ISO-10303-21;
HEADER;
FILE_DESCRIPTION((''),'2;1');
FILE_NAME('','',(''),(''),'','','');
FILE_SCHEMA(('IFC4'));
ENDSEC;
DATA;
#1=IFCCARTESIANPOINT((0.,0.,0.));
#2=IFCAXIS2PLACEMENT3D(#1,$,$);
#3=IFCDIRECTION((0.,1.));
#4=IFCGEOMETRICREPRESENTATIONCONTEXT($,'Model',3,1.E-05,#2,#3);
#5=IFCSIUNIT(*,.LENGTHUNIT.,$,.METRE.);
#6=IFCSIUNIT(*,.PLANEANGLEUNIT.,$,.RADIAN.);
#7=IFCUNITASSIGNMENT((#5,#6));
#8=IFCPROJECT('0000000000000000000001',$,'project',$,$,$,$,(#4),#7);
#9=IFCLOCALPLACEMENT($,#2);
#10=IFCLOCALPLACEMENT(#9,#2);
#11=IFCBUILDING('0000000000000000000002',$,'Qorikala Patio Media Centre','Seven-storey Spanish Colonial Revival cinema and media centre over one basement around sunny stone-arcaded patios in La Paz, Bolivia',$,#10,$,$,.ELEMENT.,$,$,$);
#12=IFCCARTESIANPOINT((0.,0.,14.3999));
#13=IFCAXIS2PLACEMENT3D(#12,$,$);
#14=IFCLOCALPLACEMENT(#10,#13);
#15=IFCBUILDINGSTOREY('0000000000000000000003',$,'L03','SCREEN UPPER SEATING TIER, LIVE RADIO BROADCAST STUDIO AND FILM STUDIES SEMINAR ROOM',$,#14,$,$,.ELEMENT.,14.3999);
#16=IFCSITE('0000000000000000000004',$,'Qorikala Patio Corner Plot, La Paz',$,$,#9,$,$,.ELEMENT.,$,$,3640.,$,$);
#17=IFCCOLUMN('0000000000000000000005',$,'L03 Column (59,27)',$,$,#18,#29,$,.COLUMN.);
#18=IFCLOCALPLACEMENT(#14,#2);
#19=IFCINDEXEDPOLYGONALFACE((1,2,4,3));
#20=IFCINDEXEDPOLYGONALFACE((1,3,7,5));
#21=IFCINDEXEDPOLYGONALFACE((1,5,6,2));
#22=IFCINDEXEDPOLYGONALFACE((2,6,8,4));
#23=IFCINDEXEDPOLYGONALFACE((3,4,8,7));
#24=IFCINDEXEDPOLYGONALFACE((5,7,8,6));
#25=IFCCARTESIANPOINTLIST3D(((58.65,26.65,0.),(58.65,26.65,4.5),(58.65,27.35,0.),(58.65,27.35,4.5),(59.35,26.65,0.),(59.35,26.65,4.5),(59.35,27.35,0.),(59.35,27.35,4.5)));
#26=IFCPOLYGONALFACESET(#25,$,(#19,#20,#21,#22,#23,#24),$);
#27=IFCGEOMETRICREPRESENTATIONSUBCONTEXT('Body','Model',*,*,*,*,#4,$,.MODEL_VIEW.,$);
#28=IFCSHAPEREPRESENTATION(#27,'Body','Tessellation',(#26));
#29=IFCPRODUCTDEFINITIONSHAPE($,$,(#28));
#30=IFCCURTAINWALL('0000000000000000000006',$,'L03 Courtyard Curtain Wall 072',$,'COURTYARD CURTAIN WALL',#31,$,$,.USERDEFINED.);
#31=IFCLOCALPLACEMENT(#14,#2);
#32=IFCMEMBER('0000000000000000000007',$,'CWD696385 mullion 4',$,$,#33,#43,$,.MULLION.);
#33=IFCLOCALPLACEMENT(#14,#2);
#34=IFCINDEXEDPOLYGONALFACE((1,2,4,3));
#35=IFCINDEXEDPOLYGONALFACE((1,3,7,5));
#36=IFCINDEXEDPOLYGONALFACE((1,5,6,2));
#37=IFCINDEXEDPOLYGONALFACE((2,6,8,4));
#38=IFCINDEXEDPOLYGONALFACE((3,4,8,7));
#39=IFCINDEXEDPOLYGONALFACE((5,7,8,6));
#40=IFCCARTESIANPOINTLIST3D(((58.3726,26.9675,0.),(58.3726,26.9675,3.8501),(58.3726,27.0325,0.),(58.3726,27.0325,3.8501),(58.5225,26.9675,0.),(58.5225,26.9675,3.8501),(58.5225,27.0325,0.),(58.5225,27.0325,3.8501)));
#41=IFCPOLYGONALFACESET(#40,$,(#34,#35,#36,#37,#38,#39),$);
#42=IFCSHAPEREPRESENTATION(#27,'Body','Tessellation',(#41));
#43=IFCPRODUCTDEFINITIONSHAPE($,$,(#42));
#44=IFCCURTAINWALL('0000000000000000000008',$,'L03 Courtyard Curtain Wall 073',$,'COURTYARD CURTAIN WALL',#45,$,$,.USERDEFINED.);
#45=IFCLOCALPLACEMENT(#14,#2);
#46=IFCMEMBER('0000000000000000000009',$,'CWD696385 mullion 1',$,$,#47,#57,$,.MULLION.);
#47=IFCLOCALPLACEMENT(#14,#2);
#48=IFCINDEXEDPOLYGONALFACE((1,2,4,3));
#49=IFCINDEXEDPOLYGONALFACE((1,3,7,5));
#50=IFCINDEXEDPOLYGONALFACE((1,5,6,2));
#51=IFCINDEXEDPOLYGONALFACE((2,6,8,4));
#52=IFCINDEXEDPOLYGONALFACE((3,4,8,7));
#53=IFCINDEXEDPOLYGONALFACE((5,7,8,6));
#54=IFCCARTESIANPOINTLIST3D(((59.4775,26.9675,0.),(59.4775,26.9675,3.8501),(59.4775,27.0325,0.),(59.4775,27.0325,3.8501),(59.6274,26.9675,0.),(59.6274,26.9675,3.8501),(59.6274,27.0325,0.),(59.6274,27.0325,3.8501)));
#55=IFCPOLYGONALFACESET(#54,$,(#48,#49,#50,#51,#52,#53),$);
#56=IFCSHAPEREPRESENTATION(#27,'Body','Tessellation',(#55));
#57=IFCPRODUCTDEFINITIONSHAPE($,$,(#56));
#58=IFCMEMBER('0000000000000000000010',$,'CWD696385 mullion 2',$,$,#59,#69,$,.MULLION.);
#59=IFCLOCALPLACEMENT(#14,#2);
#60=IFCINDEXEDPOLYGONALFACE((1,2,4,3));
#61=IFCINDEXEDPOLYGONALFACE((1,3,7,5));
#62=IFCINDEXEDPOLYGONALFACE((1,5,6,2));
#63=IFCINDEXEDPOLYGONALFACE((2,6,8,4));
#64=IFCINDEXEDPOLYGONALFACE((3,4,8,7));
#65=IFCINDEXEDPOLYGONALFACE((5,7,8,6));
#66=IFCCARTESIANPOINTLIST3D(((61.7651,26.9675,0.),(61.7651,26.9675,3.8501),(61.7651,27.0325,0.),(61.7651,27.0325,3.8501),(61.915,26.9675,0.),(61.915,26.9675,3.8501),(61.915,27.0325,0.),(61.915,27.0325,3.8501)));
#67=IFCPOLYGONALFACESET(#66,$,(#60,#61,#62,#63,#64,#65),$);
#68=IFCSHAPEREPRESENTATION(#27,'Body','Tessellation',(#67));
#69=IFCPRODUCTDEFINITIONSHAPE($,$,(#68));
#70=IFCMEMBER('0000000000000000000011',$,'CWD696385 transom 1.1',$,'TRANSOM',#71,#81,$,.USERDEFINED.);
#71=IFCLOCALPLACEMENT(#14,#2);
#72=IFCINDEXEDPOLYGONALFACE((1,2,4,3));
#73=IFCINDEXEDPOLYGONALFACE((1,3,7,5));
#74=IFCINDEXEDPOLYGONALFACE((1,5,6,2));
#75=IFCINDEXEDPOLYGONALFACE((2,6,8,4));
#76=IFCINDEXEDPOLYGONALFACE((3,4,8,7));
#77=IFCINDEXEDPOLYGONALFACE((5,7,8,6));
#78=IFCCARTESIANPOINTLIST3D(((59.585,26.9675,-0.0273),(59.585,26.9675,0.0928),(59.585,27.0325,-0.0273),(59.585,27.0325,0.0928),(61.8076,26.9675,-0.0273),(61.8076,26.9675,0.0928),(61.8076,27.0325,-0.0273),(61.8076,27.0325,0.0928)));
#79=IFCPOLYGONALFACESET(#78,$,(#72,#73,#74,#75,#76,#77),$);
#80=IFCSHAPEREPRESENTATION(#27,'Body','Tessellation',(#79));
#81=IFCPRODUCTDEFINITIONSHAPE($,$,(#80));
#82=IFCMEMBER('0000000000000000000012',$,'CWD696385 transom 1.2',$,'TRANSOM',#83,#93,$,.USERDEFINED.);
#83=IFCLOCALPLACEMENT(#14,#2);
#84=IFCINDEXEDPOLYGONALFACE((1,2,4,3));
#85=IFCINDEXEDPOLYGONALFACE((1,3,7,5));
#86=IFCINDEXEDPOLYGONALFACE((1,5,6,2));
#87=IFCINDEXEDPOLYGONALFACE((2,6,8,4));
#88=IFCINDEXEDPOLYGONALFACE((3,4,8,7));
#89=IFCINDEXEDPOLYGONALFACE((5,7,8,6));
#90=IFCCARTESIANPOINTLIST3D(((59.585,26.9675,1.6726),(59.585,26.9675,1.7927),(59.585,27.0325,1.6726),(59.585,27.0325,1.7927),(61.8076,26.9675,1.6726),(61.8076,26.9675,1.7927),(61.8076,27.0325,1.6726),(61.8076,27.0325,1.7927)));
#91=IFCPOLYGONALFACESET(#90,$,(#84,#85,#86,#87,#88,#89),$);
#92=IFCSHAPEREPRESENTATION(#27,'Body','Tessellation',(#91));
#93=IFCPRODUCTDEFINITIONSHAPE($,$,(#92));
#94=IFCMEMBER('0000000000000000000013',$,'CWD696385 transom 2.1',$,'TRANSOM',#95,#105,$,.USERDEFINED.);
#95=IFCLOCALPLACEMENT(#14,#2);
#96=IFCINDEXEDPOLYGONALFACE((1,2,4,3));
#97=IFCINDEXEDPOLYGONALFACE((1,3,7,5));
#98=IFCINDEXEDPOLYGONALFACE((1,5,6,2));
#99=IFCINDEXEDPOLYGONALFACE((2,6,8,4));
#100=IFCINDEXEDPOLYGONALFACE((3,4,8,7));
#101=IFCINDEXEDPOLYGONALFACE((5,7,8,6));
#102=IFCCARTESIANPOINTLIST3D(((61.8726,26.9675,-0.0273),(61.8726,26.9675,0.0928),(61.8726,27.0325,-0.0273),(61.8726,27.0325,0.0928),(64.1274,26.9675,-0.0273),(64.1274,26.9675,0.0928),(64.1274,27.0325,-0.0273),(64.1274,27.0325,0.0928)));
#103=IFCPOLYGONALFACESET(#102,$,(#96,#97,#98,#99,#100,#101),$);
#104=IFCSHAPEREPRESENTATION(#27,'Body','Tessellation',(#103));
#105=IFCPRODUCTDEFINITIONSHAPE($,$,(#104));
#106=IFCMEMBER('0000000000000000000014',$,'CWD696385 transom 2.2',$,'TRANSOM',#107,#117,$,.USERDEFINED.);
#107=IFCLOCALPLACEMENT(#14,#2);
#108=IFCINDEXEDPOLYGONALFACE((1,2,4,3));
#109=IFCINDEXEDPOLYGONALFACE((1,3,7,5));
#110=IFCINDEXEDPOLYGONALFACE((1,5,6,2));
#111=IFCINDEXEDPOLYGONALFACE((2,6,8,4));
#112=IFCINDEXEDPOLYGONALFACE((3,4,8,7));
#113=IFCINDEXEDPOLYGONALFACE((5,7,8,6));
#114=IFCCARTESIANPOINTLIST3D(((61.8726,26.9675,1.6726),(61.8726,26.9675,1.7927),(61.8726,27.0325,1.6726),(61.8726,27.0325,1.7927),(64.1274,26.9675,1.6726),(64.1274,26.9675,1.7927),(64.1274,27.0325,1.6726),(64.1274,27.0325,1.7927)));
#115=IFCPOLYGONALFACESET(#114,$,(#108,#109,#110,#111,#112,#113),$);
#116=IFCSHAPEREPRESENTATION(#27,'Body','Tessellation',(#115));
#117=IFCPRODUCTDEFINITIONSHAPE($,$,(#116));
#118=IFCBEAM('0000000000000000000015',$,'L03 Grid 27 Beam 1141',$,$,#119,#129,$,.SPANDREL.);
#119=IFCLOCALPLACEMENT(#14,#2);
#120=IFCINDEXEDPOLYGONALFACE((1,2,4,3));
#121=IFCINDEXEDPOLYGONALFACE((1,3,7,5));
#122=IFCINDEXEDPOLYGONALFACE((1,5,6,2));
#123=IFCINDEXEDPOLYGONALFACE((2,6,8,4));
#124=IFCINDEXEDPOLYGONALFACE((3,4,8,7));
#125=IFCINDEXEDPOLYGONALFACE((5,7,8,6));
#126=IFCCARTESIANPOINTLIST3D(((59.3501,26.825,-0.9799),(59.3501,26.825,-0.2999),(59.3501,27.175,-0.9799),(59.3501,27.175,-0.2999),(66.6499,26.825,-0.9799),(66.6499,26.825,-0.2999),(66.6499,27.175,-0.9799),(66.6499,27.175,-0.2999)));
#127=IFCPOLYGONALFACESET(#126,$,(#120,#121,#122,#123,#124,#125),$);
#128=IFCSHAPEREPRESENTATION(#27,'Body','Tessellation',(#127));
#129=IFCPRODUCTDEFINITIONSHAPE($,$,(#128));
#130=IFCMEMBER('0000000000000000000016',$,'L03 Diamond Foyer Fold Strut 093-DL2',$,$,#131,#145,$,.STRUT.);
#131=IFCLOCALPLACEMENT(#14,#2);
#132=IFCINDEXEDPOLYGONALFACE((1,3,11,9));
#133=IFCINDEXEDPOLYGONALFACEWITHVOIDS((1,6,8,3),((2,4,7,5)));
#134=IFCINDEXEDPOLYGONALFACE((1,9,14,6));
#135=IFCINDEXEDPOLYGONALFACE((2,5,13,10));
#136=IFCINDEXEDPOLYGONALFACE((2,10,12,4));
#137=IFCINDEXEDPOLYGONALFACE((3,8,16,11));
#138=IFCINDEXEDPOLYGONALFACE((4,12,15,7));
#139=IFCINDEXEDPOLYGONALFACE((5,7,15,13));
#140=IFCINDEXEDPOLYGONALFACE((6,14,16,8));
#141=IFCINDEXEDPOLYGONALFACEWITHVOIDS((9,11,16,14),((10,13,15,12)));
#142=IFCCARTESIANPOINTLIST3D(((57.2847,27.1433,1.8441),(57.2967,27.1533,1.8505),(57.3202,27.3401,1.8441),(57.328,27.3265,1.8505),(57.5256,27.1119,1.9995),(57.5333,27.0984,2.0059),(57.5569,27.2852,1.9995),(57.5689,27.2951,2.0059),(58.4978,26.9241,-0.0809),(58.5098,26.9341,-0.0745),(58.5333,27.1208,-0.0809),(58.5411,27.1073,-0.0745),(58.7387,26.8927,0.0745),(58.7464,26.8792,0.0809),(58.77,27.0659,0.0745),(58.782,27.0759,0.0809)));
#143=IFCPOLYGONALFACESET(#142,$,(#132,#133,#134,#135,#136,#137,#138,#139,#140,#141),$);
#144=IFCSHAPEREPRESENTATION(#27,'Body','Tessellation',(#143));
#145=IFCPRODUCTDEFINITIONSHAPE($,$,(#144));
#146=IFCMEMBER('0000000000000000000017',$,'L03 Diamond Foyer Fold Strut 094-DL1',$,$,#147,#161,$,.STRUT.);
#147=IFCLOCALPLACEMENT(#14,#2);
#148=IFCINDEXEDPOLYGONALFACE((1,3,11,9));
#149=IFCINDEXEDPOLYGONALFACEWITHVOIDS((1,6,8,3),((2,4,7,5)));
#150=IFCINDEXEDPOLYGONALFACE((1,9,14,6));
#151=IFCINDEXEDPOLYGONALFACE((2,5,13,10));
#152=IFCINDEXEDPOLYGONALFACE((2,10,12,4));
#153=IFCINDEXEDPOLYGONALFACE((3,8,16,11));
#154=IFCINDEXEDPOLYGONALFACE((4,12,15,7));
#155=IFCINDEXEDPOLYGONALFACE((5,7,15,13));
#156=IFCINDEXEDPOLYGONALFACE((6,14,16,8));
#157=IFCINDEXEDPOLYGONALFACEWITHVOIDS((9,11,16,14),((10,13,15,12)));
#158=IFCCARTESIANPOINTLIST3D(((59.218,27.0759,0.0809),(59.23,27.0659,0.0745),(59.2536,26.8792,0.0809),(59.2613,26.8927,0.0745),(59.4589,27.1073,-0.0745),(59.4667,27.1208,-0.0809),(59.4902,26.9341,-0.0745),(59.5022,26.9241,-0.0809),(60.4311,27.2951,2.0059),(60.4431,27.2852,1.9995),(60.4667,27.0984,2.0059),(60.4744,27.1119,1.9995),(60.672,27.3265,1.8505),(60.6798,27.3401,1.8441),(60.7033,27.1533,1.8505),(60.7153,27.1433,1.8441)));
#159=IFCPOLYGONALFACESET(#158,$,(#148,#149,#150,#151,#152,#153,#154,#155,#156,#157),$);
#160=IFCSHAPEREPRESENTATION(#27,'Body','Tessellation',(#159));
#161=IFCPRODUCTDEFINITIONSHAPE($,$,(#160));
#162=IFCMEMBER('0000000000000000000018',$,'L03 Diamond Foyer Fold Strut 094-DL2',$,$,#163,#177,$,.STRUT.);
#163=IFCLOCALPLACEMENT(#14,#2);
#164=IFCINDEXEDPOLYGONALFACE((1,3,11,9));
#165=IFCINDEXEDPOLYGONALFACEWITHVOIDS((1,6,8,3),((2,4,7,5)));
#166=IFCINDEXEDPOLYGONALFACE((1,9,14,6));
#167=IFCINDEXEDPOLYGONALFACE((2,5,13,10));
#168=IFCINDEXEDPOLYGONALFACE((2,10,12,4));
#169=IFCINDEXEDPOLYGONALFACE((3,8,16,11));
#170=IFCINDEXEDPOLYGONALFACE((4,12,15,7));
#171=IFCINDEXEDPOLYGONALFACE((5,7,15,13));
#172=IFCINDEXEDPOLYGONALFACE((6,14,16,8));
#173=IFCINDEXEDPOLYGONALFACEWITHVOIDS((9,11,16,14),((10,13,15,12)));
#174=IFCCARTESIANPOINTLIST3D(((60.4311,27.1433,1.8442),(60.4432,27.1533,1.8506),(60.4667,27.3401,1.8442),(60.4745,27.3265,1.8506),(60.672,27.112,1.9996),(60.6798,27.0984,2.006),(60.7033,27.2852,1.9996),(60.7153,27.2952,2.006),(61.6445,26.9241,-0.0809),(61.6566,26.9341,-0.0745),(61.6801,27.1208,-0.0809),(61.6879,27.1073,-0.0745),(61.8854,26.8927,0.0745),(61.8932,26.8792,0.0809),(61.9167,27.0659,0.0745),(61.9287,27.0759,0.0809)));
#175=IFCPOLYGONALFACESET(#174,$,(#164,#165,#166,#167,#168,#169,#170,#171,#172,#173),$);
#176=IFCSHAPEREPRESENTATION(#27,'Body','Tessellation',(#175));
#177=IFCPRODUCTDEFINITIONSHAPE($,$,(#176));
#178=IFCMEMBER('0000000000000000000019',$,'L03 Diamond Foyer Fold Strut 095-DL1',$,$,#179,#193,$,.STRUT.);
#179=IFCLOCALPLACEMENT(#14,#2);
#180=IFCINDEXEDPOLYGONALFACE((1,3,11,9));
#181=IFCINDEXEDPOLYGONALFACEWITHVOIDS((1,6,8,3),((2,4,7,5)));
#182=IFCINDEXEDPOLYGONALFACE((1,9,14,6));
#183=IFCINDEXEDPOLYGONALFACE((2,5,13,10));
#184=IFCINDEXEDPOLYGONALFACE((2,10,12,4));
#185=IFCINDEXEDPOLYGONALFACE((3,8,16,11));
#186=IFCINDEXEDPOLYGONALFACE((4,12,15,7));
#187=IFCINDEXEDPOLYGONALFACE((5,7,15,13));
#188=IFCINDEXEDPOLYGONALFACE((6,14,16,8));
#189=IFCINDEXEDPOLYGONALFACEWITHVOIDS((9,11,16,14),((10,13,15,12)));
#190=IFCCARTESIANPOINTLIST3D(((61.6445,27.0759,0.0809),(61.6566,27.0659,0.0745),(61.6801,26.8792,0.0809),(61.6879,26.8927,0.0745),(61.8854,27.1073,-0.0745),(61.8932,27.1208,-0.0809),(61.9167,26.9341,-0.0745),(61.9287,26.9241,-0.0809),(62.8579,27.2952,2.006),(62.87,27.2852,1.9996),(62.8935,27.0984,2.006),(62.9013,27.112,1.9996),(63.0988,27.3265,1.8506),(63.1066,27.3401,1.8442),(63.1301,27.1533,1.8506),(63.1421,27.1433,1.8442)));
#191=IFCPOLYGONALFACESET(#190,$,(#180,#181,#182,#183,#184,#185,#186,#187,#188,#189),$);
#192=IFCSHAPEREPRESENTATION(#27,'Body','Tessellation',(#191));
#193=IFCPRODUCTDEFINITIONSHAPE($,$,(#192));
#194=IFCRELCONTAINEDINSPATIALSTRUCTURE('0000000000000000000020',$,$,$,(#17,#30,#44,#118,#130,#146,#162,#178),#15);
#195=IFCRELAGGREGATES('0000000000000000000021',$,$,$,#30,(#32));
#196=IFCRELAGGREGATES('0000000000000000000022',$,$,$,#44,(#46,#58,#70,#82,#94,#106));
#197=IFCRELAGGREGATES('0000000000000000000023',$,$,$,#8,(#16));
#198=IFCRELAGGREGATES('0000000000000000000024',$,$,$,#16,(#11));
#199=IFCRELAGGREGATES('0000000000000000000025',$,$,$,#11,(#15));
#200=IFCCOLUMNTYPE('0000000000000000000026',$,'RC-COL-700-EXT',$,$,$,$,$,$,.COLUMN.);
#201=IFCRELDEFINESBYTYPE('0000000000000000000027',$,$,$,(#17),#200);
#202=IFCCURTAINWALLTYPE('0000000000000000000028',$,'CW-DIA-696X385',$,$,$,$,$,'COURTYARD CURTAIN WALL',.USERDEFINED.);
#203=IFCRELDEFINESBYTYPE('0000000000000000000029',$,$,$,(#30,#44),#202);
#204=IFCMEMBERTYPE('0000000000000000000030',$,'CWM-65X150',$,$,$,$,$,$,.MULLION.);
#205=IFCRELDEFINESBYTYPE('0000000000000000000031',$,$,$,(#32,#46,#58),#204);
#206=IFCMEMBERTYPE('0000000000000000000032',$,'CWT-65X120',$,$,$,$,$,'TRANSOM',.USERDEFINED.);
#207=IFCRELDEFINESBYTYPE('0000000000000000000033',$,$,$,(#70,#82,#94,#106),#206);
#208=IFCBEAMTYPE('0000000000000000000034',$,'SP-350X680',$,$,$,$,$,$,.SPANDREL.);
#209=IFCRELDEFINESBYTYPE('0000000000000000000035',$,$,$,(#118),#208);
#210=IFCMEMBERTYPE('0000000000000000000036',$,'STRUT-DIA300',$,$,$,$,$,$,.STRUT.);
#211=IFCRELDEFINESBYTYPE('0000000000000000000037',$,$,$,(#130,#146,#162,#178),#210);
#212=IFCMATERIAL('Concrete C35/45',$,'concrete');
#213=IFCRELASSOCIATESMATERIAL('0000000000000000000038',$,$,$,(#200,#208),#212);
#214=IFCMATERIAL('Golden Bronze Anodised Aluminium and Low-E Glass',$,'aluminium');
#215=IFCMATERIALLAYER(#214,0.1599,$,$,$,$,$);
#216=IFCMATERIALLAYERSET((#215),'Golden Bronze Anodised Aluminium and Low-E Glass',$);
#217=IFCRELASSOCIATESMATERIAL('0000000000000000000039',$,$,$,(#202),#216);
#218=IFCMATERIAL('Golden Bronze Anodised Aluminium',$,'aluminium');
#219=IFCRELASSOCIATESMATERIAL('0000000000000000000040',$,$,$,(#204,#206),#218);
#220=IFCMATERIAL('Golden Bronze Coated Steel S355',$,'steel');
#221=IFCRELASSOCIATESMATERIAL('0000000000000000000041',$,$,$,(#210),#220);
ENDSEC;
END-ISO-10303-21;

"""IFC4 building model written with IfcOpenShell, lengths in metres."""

from ifc_helpers import new_model, si_unit, direction, frame, origin, origin_2d, place, context, subcontext, project, spatial, rectangle, hollow_rectangle, extrude, material, layer, layer_set, material_profile, profile_set, type_object, element, aggregate, save


model = new_model("IFC4")

# Units and contexts
model_context = context("Model", 3, precision=1e-05, world=origin(), true_north=direction((0.0, 1.0)))
body_context = subcontext(model_context, "Body", "Model", "MODEL_VIEW")
ifc_project = project(units=[si_unit("LENGTHUNIT", "METRE"), si_unit("PLANEANGLEUNIT", "RADIAN")], contexts=[model_context])

# Site, building, storey
site_placement = place(None, origin())
site = spatial("IfcSite", under=ifc_project, at=site_placement, Name="Qorikala Patio Corner Plot, La Paz", CompositionType="ELEMENT", RefElevation=3640.0)
building_placement = place(site_placement, origin())
building = spatial("IfcBuilding", under=site, at=building_placement, Name="Qorikala Patio Media Centre", Description="Seven-storey Spanish Colonial Revival cinema and media centre over one basement around sunny stone-arcaded patios in La Paz, Bolivia", CompositionType="ELEMENT")
storey_placement = place(building_placement, frame((0.0, 0.0, 14.3999)))
storey = spatial("IfcBuildingStorey", under=building, at=storey_placement, Name="L03", Description="SCREEN UPPER SEATING TIER, LIVE RADIO BROADCAST STUDIO AND FILM STUDIES SEMINAR ROOM", CompositionType="ELEMENT", Elevation=14.3999)

# Column
ifc_material_1 = material(Name="Concrete C35/45", Category="concrete")
ifc_material_profile_1 = material_profile(ifc_material_1, rectangle(XDim=0.7, YDim=0.7, at=origin_2d()), Name="RC 700x700")
ifc_profile_set_1 = profile_set([ifc_material_profile_1], Name="Concrete C35/45")
column_type = type_object("IfcColumnType", Name="RC-COL-700-EXT", PredefinedType="COLUMN", material=ifc_profile_set_1)
column_placement = place(storey_placement, frame((59.0, 27.0, 0.0), z_axis=(0.0, 0.0, 1.0), x_axis=(1.0, 0.0, 0.0)))
element("IfcColumn", 1, at=column_placement, inside=storey, type_object=column_type, Name="L03 Column (59,27)", PredefinedType="COLUMN", context=body_context, shape_type="SweptSolid", body=[
    extrude(rectangle(XDim=0.7, YDim=0.7, at=origin_2d()), origin(), (0.0, 0.0, 1.0), 4.5),
])

# Curtain wall, member
ifc_material_2 = material(Name="Golden Bronze Anodised Aluminium and Low-E Glass", Category="aluminium")
ifc_layer_1 = layer(ifc_material_2, 0.1599)
ifc_layer_set_1 = layer_set([ifc_layer_1], Name="Golden Bronze Anodised Aluminium and Low-E Glass")
curtain_wall_type = type_object("IfcCurtainWallType", Name="CW-DIA-696X385", ElementType="COURTYARD CURTAIN WALL", PredefinedType="USERDEFINED", material=ifc_layer_set_1)
curtain_wall_1_placement = place(storey_placement, origin())
curtain_wall_1 = element("IfcCurtainWall", 2, at=curtain_wall_1_placement, inside=storey, type_object=curtain_wall_type, Name="L03 Courtyard Curtain Wall 072", ObjectType="COURTYARD CURTAIN WALL", PredefinedType="USERDEFINED")
ifc_material_3 = material(Name="Golden Bronze Anodised Aluminium", Category="aluminium")
ifc_material_profile_2 = material_profile(ifc_material_3, rectangle(XDim=0.0649, YDim=0.1499, at=origin_2d()), Name="ALU MULLION 65x150")
ifc_profile_set_2 = profile_set([ifc_material_profile_2], Name="Golden Bronze Anodised Aluminium")
member_type_1 = type_object("IfcMemberType", Name="CWM-65X150", PredefinedType="MULLION", material=ifc_profile_set_2)
member_1_placement = place(storey_placement, frame((58.4475, 27.0, 0.0), z_axis=(0.0, 0.0, 1.0), x_axis=(0.0, 1.0, 0.0)))
member_1 = element("IfcMember", 3, at=member_1_placement, type_object=member_type_1, Name="CWD696385 mullion 4", PredefinedType="MULLION", context=body_context, shape_type="SweptSolid", body=[
    extrude(rectangle(XDim=0.0649, YDim=0.1499, at=origin_2d()), origin(), (0.0, 0.0, 1.0), 3.8501),
])
aggregate(curtain_wall_1, [member_1])

# Curtain wall, members
curtain_wall_2_placement = place(storey_placement, origin())
curtain_wall_2 = element("IfcCurtainWall", 4, at=curtain_wall_2_placement, inside=storey, type_object=curtain_wall_type, Name="L03 Courtyard Curtain Wall 073", ObjectType="COURTYARD CURTAIN WALL", PredefinedType="USERDEFINED")
member_2_placement = place(storey_placement, frame((59.5525, 27.0, 0.0), z_axis=(0.0, 0.0, 1.0), x_axis=(0.0, 1.0, 0.0)))
member_2 = element("IfcMember", 5, at=member_2_placement, type_object=member_type_1, Name="CWD696385 mullion 1", PredefinedType="MULLION", context=body_context, shape_type="SweptSolid", body=[
    extrude(rectangle(XDim=0.0649, YDim=0.1499, at=origin_2d()), origin(), (0.0, 0.0, 1.0), 3.8501),
])
member_3_placement = place(storey_placement, frame((61.8401, 27.0, 0.0), z_axis=(0.0, 0.0, 1.0), x_axis=(0.0, 1.0, 0.0)))
member_3 = element("IfcMember", 6, at=member_3_placement, type_object=member_type_1, Name="CWD696385 mullion 2", PredefinedType="MULLION", context=body_context, shape_type="SweptSolid", body=[
    extrude(rectangle(XDim=0.0649, YDim=0.1499, at=origin_2d()), origin(), (0.0, 0.0, 1.0), 3.8501),
])
ifc_material_profile_3 = material_profile(ifc_material_3, rectangle(XDim=0.0649, YDim=0.1201, at=origin_2d()), Name="ALU TRANSOM 65x120")
ifc_profile_set_3 = profile_set([ifc_material_profile_3], Name="Golden Bronze Anodised Aluminium")
member_type_2 = type_object("IfcMemberType", Name="CWT-65X120", ElementType="TRANSOM", PredefinedType="USERDEFINED", material=ifc_profile_set_3)
member_4_placement = place(storey_placement, frame((59.585, 27.0, 0.0327), z_axis=(1.0, 0.0, 0.0), x_axis=(0.0, 1.0, 0.0)))
member_4 = element("IfcMember", 7, at=member_4_placement, type_object=member_type_2, Name="CWD696385 transom 1.1", ObjectType="TRANSOM", PredefinedType="USERDEFINED", context=body_context, shape_type="SweptSolid", body=[
    extrude(rectangle(XDim=0.0649, YDim=0.1201, at=origin_2d()), origin(), (0.0, 0.0, 1.0), 2.2227),
])
member_5_placement = place(storey_placement, frame((59.585, 27.0, 1.7327), z_axis=(1.0, 0.0, 0.0), x_axis=(0.0, 1.0, 0.0)))
member_5 = element("IfcMember", 8, at=member_5_placement, type_object=member_type_2, Name="CWD696385 transom 1.2", ObjectType="TRANSOM", PredefinedType="USERDEFINED", context=body_context, shape_type="SweptSolid", body=[
    extrude(rectangle(XDim=0.0649, YDim=0.1201, at=origin_2d()), origin(), (0.0, 0.0, 1.0), 2.2227),
])
member_6_placement = place(storey_placement, frame((61.8726, 27.0, 0.0327), z_axis=(1.0, 0.0, 0.0), x_axis=(0.0, 1.0, 0.0)))
member_6 = element("IfcMember", 9, at=member_6_placement, type_object=member_type_2, Name="CWD696385 transom 2.1", ObjectType="TRANSOM", PredefinedType="USERDEFINED", context=body_context, shape_type="SweptSolid", body=[
    extrude(rectangle(XDim=0.0649, YDim=0.1201, at=origin_2d()), origin(), (0.0, 0.0, 1.0), 2.2549),
])
member_7_placement = place(storey_placement, frame((61.8726, 27.0, 1.7327), z_axis=(1.0, 0.0, 0.0), x_axis=(0.0, 1.0, 0.0)))
member_7 = element("IfcMember", 10, at=member_7_placement, type_object=member_type_2, Name="CWD696385 transom 2.2", ObjectType="TRANSOM", PredefinedType="USERDEFINED", context=body_context, shape_type="SweptSolid", body=[
    extrude(rectangle(XDim=0.0649, YDim=0.1201, at=origin_2d()), origin(), (0.0, 0.0, 1.0), 2.2549),
])

# Beam
ifc_material_profile_4 = material_profile(ifc_material_1, rectangle(XDim=0.3501, YDim=0.6799, at=origin_2d()), Name="RC 350x680")
ifc_profile_set_4 = profile_set([ifc_material_profile_4], Name="Concrete C35/45")
beam_type = type_object("IfcBeamType", Name="SP-350X680", PredefinedType="SPANDREL", material=ifc_profile_set_4)
beam_placement = place(storey_placement, frame((59.3501, 27.0, -0.6399), z_axis=(1.0, 0.0, 0.0), x_axis=(0.0, 1.0, 0.0)))
element("IfcBeam", 11, at=beam_placement, inside=storey, type_object=beam_type, Name="L03 Grid 27 Beam 1141", PredefinedType="SPANDREL", context=body_context, shape_type="SweptSolid", body=[
    extrude(rectangle(XDim=0.3501, YDim=0.6799, at=origin_2d()), origin(), (0.0, 0.0, 1.0), 7.2998),
])

# Members
ifc_material_4 = material(Name="Golden Bronze Coated Steel S355", Category="steel")
ifc_material_profile_5 = material_profile(ifc_material_4, hollow_rectangle(XDim=0.2, YDim=0.3, WallThickness=0.012, at=origin_2d()), Name="HSS300X200X12")
ifc_profile_set_5 = profile_set([ifc_material_profile_5], Name="Golden Bronze Coated Steel S355")
member_type_3 = type_object("IfcMemberType", Name="STRUT-DIA300", PredefinedType="STRUT", material=ifc_profile_set_5)
for number, where, z_axis, x_axis, name in (
    (12, (58.6399, 27.0, 0.0), (-0.530691, 0.095907, 0.842121), (-0.17784, -0.984059, 0.0), "L03 Diamond Foyer Fold Strut 093-DL2"),
    (13, (59.3601, 27.0, 0.0), (0.530691, 0.095907, 0.842121), (-0.17784, 0.984059, 0.0), "L03 Diamond Foyer Fold Strut 094-DL1"),
):
    element("IfcMember", number, at=place(storey_placement, frame(where, z_axis=z_axis, x_axis=x_axis)), inside=storey, type_object=member_type_3, Name=name, PredefinedType="STRUT", context=body_context, shape_type="SweptSolid", body=[
        extrude(hollow_rectangle(XDim=0.2, YDim=0.3, WallThickness=0.012, at=origin_2d()), origin(), (0.0, 0.0, 1.0), 2.2859),
    ])
for number, where, z_axis, x_axis, name in (
    (14, (61.7866, 27.0, 0.0), (-0.530768, 0.095901, 0.842074), (-0.177805, -0.984066, 0.0), "L03 Diamond Foyer Fold Strut 094-DL2"),
    (15, (61.7866, 27.0, 0.0), (0.530768, 0.095901, 0.842074), (-0.177805, 0.984066, 0.0), "L03 Diamond Foyer Fold Strut 095-DL1"),
):
    element("IfcMember", number, at=place(storey_placement, frame(where, z_axis=z_axis, x_axis=x_axis)), inside=storey, type_object=member_type_3, Name=name, PredefinedType="STRUT", context=body_context, shape_type="SweptSolid", body=[
        extrude(hollow_rectangle(XDim=0.2, YDim=0.3, WallThickness=0.012, at=origin_2d()), origin(), (0.0, 0.0, 1.0), 2.2861),
    ])

aggregate(curtain_wall_2, [member_2, member_3, member_4, member_5, member_6, member_7])

save(model, "model.ifc")
